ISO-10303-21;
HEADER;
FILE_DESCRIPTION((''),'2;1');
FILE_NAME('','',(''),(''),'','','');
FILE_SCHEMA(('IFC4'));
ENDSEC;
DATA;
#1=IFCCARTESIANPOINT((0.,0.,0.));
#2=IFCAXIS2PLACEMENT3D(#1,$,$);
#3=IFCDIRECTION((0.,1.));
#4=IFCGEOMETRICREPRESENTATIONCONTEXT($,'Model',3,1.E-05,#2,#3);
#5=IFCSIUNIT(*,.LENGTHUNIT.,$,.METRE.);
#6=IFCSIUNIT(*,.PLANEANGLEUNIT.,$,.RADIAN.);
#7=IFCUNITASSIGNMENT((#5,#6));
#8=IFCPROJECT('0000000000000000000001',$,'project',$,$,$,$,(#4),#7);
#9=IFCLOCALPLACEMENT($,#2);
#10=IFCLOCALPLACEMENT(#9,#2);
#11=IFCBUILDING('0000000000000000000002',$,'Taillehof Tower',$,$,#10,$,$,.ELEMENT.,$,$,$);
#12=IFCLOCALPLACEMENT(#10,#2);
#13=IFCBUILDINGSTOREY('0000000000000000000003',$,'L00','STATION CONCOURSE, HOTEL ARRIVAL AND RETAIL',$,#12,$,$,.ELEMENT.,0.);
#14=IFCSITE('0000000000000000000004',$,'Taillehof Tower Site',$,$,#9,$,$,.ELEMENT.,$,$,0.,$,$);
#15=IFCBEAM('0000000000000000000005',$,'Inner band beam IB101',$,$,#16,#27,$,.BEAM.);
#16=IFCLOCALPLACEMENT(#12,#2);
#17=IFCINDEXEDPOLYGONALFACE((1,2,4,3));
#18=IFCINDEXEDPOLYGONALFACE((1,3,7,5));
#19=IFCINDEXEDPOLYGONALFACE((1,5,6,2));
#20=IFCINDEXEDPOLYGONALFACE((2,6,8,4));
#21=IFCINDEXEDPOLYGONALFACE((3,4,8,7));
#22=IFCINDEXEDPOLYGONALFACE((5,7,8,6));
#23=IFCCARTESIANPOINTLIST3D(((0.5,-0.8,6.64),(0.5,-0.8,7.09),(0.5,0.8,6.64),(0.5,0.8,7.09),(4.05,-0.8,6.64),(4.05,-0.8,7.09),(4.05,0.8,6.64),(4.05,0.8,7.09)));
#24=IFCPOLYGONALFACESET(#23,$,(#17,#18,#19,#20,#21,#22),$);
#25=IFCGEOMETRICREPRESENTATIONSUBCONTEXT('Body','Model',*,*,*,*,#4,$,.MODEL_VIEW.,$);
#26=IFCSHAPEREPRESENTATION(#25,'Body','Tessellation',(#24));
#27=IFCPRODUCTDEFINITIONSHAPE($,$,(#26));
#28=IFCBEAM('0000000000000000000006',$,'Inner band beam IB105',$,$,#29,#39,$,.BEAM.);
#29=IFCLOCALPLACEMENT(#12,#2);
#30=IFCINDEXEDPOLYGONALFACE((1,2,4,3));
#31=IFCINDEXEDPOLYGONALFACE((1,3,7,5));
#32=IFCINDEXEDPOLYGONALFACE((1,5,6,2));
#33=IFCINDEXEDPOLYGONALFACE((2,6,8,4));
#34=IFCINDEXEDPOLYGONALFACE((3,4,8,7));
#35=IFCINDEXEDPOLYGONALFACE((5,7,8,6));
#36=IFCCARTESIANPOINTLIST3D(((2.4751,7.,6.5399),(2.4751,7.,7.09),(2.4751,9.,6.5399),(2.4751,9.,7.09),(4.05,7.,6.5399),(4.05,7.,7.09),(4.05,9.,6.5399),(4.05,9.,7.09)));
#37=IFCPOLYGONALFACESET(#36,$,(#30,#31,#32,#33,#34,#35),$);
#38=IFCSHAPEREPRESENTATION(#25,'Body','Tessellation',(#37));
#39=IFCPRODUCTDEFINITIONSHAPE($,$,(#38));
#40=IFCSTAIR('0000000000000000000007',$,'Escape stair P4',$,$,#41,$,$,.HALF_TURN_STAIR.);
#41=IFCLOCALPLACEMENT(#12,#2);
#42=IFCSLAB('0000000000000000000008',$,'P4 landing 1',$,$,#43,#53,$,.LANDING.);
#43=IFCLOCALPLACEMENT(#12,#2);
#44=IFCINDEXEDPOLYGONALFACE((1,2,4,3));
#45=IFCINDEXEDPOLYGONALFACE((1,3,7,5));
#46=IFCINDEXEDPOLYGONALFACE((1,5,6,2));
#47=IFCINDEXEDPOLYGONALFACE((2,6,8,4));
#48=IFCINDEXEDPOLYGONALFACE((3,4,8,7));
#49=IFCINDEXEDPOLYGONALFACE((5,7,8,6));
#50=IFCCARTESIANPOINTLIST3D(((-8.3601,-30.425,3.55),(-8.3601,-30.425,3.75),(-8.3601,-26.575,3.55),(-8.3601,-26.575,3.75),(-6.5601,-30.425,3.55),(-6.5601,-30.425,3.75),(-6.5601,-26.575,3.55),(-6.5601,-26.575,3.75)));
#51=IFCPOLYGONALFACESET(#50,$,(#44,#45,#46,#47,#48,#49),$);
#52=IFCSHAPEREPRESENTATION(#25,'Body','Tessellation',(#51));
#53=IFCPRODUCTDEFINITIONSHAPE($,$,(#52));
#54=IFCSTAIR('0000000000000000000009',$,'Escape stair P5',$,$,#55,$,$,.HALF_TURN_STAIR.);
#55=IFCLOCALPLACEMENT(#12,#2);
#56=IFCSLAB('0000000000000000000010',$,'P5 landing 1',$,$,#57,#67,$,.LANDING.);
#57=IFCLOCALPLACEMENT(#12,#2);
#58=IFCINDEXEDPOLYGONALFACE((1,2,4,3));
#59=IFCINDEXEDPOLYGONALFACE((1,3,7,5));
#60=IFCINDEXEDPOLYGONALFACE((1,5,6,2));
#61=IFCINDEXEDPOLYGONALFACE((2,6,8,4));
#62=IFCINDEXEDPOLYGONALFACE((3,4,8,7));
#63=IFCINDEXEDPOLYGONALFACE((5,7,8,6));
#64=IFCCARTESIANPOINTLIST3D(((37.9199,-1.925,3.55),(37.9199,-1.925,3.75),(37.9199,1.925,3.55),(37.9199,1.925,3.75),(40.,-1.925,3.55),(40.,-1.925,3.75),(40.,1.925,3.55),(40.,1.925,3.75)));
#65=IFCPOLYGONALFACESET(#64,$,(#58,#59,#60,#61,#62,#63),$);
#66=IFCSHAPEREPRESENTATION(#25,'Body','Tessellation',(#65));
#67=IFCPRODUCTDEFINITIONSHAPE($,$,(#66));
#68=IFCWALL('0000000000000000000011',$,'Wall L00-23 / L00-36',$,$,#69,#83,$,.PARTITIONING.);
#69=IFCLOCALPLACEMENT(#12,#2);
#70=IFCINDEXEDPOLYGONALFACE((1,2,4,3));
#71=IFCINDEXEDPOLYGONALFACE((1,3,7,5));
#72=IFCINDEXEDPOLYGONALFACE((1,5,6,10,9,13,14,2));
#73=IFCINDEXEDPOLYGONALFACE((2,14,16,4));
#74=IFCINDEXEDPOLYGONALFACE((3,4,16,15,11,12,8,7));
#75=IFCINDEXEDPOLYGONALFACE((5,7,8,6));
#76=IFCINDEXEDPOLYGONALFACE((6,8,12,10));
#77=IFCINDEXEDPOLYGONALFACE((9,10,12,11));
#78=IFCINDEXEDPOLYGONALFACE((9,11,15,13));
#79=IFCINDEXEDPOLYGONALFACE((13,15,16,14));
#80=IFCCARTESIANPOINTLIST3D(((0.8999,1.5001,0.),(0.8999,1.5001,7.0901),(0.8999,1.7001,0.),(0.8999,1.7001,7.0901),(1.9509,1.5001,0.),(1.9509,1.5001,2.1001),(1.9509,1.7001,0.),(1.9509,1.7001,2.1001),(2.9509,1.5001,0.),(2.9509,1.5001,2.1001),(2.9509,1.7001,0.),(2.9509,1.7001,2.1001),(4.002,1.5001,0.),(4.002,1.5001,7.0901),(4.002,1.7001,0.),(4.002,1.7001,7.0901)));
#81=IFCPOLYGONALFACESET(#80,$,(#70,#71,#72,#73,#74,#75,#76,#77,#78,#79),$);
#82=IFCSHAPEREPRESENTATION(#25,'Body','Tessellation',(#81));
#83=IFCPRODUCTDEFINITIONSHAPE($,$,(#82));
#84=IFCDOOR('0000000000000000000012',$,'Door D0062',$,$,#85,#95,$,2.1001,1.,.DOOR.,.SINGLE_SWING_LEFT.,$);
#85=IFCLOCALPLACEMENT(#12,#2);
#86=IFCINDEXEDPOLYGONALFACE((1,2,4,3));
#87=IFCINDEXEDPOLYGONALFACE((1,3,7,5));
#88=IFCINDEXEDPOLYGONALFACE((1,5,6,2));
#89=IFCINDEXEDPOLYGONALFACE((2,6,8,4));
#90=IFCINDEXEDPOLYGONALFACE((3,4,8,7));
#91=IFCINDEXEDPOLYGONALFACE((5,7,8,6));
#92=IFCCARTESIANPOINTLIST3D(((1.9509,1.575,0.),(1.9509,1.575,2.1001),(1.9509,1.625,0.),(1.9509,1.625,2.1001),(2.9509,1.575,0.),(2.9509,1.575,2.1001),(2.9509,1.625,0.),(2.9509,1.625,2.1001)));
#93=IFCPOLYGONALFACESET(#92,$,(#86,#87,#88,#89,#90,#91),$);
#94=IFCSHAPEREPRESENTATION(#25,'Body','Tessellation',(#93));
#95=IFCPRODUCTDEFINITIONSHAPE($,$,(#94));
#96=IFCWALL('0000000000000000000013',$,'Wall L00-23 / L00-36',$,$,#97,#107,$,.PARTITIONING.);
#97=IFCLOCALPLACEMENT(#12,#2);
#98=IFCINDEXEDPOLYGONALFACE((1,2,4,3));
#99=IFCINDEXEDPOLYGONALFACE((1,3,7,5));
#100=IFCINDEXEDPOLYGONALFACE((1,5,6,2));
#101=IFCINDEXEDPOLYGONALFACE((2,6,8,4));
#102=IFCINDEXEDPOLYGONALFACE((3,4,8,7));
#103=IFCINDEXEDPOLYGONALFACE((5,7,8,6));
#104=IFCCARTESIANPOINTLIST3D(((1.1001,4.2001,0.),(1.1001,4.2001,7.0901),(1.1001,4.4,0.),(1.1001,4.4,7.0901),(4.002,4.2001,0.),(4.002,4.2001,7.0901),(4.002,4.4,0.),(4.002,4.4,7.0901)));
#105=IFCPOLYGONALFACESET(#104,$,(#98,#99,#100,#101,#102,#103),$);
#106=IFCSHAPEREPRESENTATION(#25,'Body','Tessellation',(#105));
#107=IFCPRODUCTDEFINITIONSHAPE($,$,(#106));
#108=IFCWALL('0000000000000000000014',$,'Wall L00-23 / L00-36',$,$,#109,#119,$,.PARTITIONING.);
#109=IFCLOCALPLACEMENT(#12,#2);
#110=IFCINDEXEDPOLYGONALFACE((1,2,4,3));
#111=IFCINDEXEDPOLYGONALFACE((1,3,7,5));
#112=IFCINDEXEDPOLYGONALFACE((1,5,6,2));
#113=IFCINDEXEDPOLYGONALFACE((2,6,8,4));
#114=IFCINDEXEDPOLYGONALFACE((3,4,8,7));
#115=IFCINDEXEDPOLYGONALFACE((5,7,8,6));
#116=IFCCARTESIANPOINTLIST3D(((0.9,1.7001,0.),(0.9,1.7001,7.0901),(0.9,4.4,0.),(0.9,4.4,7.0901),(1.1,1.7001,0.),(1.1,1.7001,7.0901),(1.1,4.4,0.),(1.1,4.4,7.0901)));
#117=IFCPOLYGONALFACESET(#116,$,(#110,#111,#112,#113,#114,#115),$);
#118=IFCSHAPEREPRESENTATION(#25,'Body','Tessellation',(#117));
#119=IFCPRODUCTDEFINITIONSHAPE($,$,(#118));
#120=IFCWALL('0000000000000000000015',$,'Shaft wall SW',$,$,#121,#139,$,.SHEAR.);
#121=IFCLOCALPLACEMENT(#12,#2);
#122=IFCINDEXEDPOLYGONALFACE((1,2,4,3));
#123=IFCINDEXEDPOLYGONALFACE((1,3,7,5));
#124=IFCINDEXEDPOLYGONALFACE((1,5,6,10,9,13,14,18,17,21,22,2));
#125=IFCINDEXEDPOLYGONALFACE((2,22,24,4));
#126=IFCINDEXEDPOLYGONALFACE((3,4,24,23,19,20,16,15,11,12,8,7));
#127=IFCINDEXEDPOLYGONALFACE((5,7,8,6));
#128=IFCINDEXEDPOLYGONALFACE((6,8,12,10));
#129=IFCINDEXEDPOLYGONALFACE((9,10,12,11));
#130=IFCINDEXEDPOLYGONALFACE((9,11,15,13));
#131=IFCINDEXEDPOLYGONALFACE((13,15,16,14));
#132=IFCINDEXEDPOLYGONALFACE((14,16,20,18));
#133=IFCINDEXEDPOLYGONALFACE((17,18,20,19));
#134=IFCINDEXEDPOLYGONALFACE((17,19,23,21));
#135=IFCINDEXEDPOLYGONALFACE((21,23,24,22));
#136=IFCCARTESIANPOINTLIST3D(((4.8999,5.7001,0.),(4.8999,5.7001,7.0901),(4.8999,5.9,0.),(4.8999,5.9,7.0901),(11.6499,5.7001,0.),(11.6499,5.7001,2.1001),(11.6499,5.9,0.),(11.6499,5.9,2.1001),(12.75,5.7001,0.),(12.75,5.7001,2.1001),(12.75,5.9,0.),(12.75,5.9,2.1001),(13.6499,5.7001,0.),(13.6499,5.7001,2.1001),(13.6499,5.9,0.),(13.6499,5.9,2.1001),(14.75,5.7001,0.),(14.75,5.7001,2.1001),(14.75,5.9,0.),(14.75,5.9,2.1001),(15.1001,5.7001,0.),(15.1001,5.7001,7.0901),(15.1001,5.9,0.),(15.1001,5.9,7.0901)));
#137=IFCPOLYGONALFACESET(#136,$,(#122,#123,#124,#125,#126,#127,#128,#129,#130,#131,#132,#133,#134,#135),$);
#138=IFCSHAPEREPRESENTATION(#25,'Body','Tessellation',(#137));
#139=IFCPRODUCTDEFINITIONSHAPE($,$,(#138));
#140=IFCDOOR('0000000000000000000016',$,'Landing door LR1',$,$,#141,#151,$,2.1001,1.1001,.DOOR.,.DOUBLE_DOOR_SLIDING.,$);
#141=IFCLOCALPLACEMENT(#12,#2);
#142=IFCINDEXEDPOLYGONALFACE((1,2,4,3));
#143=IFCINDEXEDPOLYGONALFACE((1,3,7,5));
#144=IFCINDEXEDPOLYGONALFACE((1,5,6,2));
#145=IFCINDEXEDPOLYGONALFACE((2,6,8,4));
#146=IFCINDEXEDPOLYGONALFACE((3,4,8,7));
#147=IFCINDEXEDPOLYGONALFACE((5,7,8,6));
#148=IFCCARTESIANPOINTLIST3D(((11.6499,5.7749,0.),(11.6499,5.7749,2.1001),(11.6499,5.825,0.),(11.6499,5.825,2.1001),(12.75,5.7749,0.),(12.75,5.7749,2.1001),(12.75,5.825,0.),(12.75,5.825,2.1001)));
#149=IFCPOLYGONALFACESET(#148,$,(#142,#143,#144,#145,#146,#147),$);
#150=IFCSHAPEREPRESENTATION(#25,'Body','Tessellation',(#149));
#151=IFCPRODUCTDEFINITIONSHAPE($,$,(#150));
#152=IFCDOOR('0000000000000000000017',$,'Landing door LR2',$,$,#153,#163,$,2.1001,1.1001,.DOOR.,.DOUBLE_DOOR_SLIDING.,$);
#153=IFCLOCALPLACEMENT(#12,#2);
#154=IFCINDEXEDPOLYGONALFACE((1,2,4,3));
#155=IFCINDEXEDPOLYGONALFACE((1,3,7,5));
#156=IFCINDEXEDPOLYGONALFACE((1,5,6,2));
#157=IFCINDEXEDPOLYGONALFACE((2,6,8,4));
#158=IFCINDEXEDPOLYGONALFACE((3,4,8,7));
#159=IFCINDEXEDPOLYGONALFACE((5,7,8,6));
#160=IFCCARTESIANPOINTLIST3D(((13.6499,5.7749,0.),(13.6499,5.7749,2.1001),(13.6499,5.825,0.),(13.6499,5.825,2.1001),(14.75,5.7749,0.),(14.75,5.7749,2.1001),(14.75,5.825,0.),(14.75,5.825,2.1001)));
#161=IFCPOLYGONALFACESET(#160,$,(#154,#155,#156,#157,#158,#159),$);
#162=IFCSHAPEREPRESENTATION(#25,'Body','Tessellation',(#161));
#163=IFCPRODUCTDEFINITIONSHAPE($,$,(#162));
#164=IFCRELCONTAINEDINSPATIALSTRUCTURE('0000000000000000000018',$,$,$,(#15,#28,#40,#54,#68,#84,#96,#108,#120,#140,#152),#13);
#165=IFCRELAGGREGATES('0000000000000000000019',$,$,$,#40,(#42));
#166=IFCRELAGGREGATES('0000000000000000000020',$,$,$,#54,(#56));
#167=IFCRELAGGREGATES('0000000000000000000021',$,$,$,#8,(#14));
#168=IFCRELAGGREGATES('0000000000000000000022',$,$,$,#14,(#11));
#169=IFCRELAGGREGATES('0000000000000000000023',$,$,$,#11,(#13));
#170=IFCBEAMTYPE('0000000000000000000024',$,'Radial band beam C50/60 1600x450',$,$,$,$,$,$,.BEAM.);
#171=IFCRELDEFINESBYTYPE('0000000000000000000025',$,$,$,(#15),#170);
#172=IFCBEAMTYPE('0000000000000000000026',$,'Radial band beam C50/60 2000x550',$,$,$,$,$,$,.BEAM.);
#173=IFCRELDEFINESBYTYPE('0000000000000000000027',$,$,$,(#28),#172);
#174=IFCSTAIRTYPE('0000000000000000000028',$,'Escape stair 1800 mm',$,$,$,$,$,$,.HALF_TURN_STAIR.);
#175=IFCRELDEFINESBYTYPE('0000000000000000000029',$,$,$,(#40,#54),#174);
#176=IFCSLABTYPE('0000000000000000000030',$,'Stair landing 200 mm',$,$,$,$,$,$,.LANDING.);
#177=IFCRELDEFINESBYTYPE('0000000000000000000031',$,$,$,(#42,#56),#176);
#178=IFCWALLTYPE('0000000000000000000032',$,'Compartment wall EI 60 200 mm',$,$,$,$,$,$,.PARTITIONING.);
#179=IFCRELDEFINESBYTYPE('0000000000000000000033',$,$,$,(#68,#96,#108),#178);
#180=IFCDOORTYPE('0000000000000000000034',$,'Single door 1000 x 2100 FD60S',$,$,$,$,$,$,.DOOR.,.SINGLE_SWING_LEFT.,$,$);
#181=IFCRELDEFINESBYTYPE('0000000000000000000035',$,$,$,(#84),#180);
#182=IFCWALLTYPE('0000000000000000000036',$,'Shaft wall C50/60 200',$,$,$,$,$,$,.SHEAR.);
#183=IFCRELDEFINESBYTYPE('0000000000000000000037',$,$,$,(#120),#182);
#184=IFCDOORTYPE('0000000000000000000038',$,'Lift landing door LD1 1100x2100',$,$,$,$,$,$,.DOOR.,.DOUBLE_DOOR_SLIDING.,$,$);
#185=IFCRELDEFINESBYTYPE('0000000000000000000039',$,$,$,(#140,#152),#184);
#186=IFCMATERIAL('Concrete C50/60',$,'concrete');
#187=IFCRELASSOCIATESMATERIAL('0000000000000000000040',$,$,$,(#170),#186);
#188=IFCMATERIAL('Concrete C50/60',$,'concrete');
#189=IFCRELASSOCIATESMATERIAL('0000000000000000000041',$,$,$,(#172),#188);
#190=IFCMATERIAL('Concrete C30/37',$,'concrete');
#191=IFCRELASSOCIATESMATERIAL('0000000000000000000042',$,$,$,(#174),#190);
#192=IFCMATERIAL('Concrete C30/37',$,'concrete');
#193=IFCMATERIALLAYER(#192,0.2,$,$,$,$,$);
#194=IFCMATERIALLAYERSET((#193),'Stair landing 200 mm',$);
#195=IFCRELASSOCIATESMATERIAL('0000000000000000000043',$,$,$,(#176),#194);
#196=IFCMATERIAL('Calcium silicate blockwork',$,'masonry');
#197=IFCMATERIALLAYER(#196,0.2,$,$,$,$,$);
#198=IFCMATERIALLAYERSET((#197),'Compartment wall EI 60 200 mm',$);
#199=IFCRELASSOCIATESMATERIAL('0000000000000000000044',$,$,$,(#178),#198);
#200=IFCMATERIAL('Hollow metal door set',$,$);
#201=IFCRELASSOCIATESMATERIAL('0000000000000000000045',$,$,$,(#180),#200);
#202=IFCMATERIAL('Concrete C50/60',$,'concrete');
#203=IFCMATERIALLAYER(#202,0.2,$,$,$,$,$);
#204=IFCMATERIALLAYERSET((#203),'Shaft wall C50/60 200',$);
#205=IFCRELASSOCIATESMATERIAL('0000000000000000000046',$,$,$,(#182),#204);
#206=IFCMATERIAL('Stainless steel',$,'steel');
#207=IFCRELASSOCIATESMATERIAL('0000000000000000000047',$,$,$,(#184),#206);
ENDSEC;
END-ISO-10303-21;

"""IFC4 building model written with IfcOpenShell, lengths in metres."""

from ifc_helpers import new_model, si_unit, direction, frame, frame_2d, origin, origin_2d, place, context, subcontext, project, spatial, polyline, rectangle, outline, extrude, material, layer, layer_set, material_profile, profile_set, type_object, element, fill, aggregate, save


model = new_model("IFC4")

# Units and contexts
model_context = context("Model", 3, precision=1e-05, world=origin(), true_north=direction((0.0, 1.0)))
body_context = subcontext(model_context, "Body", "Model", "MODEL_VIEW")
ifc_project = project(units=[si_unit("LENGTHUNIT", "METRE"), si_unit("PLANEANGLEUNIT", "RADIAN")], contexts=[model_context])

# Site, building, storey
site_placement = place(None, origin())
site = spatial("IfcSite", under=ifc_project, at=site_placement, Name="Taillehof Tower Site", CompositionType="ELEMENT", RefElevation=0.0)
building_placement = place(site_placement, origin())
building = spatial("IfcBuilding", under=site, at=building_placement, Name="Taillehof Tower", CompositionType="ELEMENT")
storey_placement = place(building_placement, origin())
storey = spatial("IfcBuildingStorey", under=building, at=storey_placement, Name="L00", Description="STATION CONCOURSE, HOTEL ARRIVAL AND RETAIL", CompositionType="ELEMENT", Elevation=0.0)

# Beams
ifc_material_1 = material(Name="Concrete C50/60", Category="concrete")
ifc_material_profile_1 = material_profile(ifc_material_1, rectangle(XDim=1.6001, YDim=0.45, at=origin_2d()), Name="RC 1600x450")
ifc_profile_set_1 = profile_set([ifc_material_profile_1], Name="Concrete C50/60")
beam_type_1 = type_object("IfcBeamType", Name="Radial band beam C50/60 1600x450", PredefinedType="BEAM", material=ifc_profile_set_1)
beam_1_placement = place(storey_placement, frame((0.5, 0.0, 6.865), z_axis=(1.0, 0.0, 0.0), x_axis=(0.0, 1.0, 0.0)))
element("IfcBeam", 1, at=beam_1_placement, inside=storey, type_object=beam_type_1, Name="Inner band beam IB101", PredefinedType="BEAM", context=body_context, shape_type="SweptSolid", body=[
    extrude(rectangle(XDim=1.6001, YDim=0.45, at=origin_2d()), origin(), (0.0, 0.0, 1.0), 3.55),
])
ifc_material_2 = material(Name="Concrete C50/60", Category="concrete")
ifc_material_profile_2 = material_profile(ifc_material_2, rectangle(XDim=2.0, YDim=0.55, at=origin_2d()), Name="RC 2000x550")
ifc_profile_set_2 = profile_set([ifc_material_profile_2], Name="Concrete C50/60")
beam_type_2 = type_object("IfcBeamType", Name="Radial band beam C50/60 2000x550", PredefinedType="BEAM", material=ifc_profile_set_2)
beam_2_placement = place(storey_placement, frame((2.4751, 8.0, 6.8149), z_axis=(1.0, 0.0, 0.0), x_axis=(0.0, 1.0, 0.0)))
element("IfcBeam", 2, at=beam_2_placement, inside=storey, type_object=beam_type_2, Name="Inner band beam IB105", PredefinedType="BEAM", context=body_context, shape_type="SweptSolid", body=[
    extrude(rectangle(XDim=2.0, YDim=0.55, at=origin_2d()), origin(), (0.0, 0.0, 1.0), 1.575),
])

# Stairs, slabs
ifc_material_3 = material(Name="Concrete C30/37", Category="concrete")
stair_type_1 = type_object("IfcStairType", Name="Escape stair 1800 mm", PredefinedType="HALF_TURN_STAIR", material=ifc_material_3)
stair_1_placement = place(storey_placement, origin())
stair_1 = element("IfcStair", 3, at=stair_1_placement, inside=storey, type_object=stair_type_1, Name="Escape stair P4", PredefinedType="HALF_TURN_STAIR")
ifc_material_4 = material(Name="Concrete C30/37", Category="concrete")
ifc_layer_1 = layer(ifc_material_4, 0.2)
ifc_layer_set_1 = layer_set([ifc_layer_1], Name="Stair landing 200 mm")
slab_type = type_object("IfcSlabType", Name="Stair landing 200 mm", PredefinedType="LANDING", material=ifc_layer_set_1)
slab_1_placement = place(storey_placement, frame((0.0, 0.0, 3.55)))
slab_1 = element("IfcSlab", 4, at=slab_1_placement, type_object=slab_type, Name="P4 landing 1", PredefinedType="LANDING", context=body_context, shape_type="SweptSolid", body=[
    extrude(outline(polyline([(-6.5601, -30.425), (-6.5601, -26.575), (-8.3601, -26.575), (-8.3601, -30.425), (-6.5601, -30.425)])), origin(), (0.0, 0.0, 1.0), 0.2),
])
aggregate(stair_1, [slab_1])
stair_2_placement = place(storey_placement, origin())
stair_2 = element("IfcStair", 5, at=stair_2_placement, inside=storey, type_object=stair_type_1, Name="Escape stair P5", PredefinedType="HALF_TURN_STAIR")
slab_2_placement = place(storey_placement, frame((0.0, 0.0, 3.55)))
slab_2 = element("IfcSlab", 6, at=slab_2_placement, type_object=slab_type, Name="P5 landing 1", PredefinedType="LANDING", context=body_context, shape_type="SweptSolid", body=[
    extrude(outline(polyline([(37.9199, 1.925), (37.9199, -1.925), (40.0, -1.925), (40.0, 1.925), (37.9199, 1.925)])), origin(), (0.0, 0.0, 1.0), 0.2),
])
aggregate(stair_2, [slab_2])

# Wall, opening, door
ifc_material_5 = material(Name="Calcium silicate blockwork", Category="masonry")
ifc_layer_2 = layer(ifc_material_5, 0.2)
ifc_layer_set_2 = layer_set([ifc_layer_2], Name="Compartment wall EI 60 200 mm")
wall_type_1 = type_object("IfcWallType", Name="Compartment wall EI 60 200 mm", PredefinedType="PARTITIONING", material=ifc_layer_set_2)
wall_1_placement = place(storey_placement, frame((0.8999, 1.6001, 0.0), z_axis=(0.0, 0.0, 1.0), x_axis=(1.0, 0.0, 0.0)))
wall_1 = element("IfcWall", 7, at=wall_1_placement, inside=storey, type_object=wall_type_1, Name="Wall L00-23 / L00-36", PredefinedType="PARTITIONING", context=body_context, shape_type="SweptSolid", body=[
    extrude(rectangle(XDim=3.1021, YDim=0.2, at=frame_2d((1.551, 0.0))), origin(), (0.0, 0.0, 1.0), 7.0901),
])
opening_1_placement = place(wall_1_placement, frame((1.051, 0.0, 0.0)))
opening_1 = element("IfcOpeningElement", 8, at=opening_1_placement, cuts=wall_1, PredefinedType="OPENING", context=body_context, shape_type="SweptSolid", body=[
    extrude(rectangle(XDim=1.0, YDim=2.1001, at=frame_2d((0.5, 1.05))), frame((0.0, 0.1099, 0.0), z_axis=(0.0, -1.0, 0.0), x_axis=(1.0, 0.0, 0.0)), (0.0, 0.0, 1.0), 0.22),
])
ifc_material_6 = material(Name="Hollow metal door set")
door_type_1 = type_object("IfcDoorType", Name="Single door 1000 x 2100 FD60S", OperationType="SINGLE_SWING_LEFT", PredefinedType="DOOR", material=ifc_material_6)
door_1_placement = place(opening_1_placement, origin())
door_1 = element("IfcDoor", 9, at=door_1_placement, inside=storey, type_object=door_type_1, Name="Door D0062", OperationType="SINGLE_SWING_LEFT", OverallHeight=2.1001, OverallWidth=1.0, PredefinedType="DOOR", context=body_context, shape_type="SweptSolid", body=[
    extrude(rectangle(XDim=1.0, YDim=2.1001, at=frame_2d((0.5, 1.05))), frame((0.0, 0.0249, 0.0), z_axis=(0.0, -1.0, 0.0), x_axis=(1.0, 0.0, 0.0)), (0.0, 0.0, 1.0), 0.05),
])
fill(opening_1, door_1)

# Walls
wall_2_placement = place(storey_placement, frame((1.1001, 4.3, 0.0), z_axis=(0.0, 0.0, 1.0), x_axis=(1.0, 0.0, 0.0)))
element("IfcWall", 10, at=wall_2_placement, inside=storey, type_object=wall_type_1, Name="Wall L00-23 / L00-36", PredefinedType="PARTITIONING", context=body_context, shape_type="SweptSolid", body=[
    extrude(rectangle(XDim=2.9019, YDim=0.2, at=frame_2d((1.4509, 0.0))), origin(), (0.0, 0.0, 1.0), 7.0901),
])
wall_3_placement = place(storey_placement, frame((1.0, 1.7, 0.0), z_axis=(0.0, 0.0, 1.0), x_axis=(0.0, 1.0, 0.0)))
element("IfcWall", 11, at=wall_3_placement, inside=storey, type_object=wall_type_1, Name="Wall L00-23 / L00-36", PredefinedType="PARTITIONING", context=body_context, shape_type="SweptSolid", body=[
    extrude(rectangle(XDim=2.7, YDim=0.2, at=frame_2d((1.3501, 0.0))), origin(), (0.0, 0.0, 1.0), 7.0901),
])

# Wall, openings, doors
ifc_material_7 = material(Name="Concrete C50/60", Category="concrete")
ifc_layer_3 = layer(ifc_material_7, 0.2)
ifc_layer_set_3 = layer_set([ifc_layer_3], Name="Shaft wall C50/60 200")
wall_type_2 = type_object("IfcWallType", Name="Shaft wall C50/60 200", PredefinedType="SHEAR", material=ifc_layer_set_3)
wall_4_placement = place(storey_placement, frame((4.8999, 5.8, 0.0), z_axis=(0.0, 0.0, 1.0), x_axis=(1.0, 0.0, 0.0)))
wall_4 = element("IfcWall", 12, at=wall_4_placement, inside=storey, type_object=wall_type_2, Name="Shaft wall SW", PredefinedType="SHEAR", context=body_context, shape_type="SweptSolid", body=[
    extrude(rectangle(XDim=10.2002, YDim=0.2, at=frame_2d((5.1001, 0.0))), origin(), (0.0, 0.0, 1.0), 7.0901),
])
opening_2_placement = place(wall_4_placement, frame((6.75, 0.0, 0.0)))
opening_2 = element("IfcOpeningElement", 13, at=opening_2_placement, cuts=wall_4, PredefinedType="OPENING", context=body_context, shape_type="SweptSolid", body=[
    extrude(rectangle(XDim=1.1001, YDim=2.1001, at=frame_2d((0.55, 1.05))), frame((0.0, 0.1099, 0.0), z_axis=(0.0, -1.0, 0.0), x_axis=(1.0, 0.0, 0.0)), (0.0, 0.0, 1.0), 0.22),
])
opening_3_placement = place(wall_4_placement, frame((8.75, 0.0, 0.0)))
opening_3 = element("IfcOpeningElement", 14, at=opening_3_placement, cuts=wall_4, PredefinedType="OPENING", context=body_context, shape_type="SweptSolid", body=[
    extrude(rectangle(XDim=1.1001, YDim=2.1001, at=frame_2d((0.55, 1.05))), frame((0.0, 0.1099, 0.0), z_axis=(0.0, -1.0, 0.0), x_axis=(1.0, 0.0, 0.0)), (0.0, 0.0, 1.0), 0.22),
])
ifc_material_8 = material(Name="Stainless steel", Category="steel")
door_type_2 = type_object("IfcDoorType", Name="Lift landing door LD1 1100x2100", OperationType="DOUBLE_DOOR_SLIDING", PredefinedType="DOOR", material=ifc_material_8)
door_2_placement = place(opening_2_placement, origin())
door_2 = element("IfcDoor", 15, at=door_2_placement, inside=storey, type_object=door_type_2, Name="Landing door LR1", OperationType="DOUBLE_DOOR_SLIDING", OverallHeight=2.1001, OverallWidth=1.1001, PredefinedType="DOOR", context=body_context, shape_type="SweptSolid", body=[
    extrude(rectangle(XDim=1.1001, YDim=2.1001, at=frame_2d((0.55, 1.05))), frame((0.0, 0.0249, 0.0), z_axis=(0.0, -1.0, 0.0), x_axis=(1.0, 0.0, 0.0)), (0.0, 0.0, 1.0), 0.05),
])
fill(opening_2, door_2)
door_3_placement = place(opening_3_placement, origin())
door_3 = element("IfcDoor", 16, at=door_3_placement, inside=storey, type_object=door_type_2, Name="Landing door LR2", OperationType="DOUBLE_DOOR_SLIDING", OverallHeight=2.1001, OverallWidth=1.1001, PredefinedType="DOOR", context=body_context, shape_type="SweptSolid", body=[
    extrude(rectangle(XDim=1.1001, YDim=2.1001, at=frame_2d((0.55, 1.05))), frame((0.0, 0.0249, 0.0), z_axis=(0.0, -1.0, 0.0), x_axis=(1.0, 0.0, 0.0)), (0.0, 0.0, 1.0), 0.05),
])
fill(opening_3, door_3)

save(model, "model.ifc")
